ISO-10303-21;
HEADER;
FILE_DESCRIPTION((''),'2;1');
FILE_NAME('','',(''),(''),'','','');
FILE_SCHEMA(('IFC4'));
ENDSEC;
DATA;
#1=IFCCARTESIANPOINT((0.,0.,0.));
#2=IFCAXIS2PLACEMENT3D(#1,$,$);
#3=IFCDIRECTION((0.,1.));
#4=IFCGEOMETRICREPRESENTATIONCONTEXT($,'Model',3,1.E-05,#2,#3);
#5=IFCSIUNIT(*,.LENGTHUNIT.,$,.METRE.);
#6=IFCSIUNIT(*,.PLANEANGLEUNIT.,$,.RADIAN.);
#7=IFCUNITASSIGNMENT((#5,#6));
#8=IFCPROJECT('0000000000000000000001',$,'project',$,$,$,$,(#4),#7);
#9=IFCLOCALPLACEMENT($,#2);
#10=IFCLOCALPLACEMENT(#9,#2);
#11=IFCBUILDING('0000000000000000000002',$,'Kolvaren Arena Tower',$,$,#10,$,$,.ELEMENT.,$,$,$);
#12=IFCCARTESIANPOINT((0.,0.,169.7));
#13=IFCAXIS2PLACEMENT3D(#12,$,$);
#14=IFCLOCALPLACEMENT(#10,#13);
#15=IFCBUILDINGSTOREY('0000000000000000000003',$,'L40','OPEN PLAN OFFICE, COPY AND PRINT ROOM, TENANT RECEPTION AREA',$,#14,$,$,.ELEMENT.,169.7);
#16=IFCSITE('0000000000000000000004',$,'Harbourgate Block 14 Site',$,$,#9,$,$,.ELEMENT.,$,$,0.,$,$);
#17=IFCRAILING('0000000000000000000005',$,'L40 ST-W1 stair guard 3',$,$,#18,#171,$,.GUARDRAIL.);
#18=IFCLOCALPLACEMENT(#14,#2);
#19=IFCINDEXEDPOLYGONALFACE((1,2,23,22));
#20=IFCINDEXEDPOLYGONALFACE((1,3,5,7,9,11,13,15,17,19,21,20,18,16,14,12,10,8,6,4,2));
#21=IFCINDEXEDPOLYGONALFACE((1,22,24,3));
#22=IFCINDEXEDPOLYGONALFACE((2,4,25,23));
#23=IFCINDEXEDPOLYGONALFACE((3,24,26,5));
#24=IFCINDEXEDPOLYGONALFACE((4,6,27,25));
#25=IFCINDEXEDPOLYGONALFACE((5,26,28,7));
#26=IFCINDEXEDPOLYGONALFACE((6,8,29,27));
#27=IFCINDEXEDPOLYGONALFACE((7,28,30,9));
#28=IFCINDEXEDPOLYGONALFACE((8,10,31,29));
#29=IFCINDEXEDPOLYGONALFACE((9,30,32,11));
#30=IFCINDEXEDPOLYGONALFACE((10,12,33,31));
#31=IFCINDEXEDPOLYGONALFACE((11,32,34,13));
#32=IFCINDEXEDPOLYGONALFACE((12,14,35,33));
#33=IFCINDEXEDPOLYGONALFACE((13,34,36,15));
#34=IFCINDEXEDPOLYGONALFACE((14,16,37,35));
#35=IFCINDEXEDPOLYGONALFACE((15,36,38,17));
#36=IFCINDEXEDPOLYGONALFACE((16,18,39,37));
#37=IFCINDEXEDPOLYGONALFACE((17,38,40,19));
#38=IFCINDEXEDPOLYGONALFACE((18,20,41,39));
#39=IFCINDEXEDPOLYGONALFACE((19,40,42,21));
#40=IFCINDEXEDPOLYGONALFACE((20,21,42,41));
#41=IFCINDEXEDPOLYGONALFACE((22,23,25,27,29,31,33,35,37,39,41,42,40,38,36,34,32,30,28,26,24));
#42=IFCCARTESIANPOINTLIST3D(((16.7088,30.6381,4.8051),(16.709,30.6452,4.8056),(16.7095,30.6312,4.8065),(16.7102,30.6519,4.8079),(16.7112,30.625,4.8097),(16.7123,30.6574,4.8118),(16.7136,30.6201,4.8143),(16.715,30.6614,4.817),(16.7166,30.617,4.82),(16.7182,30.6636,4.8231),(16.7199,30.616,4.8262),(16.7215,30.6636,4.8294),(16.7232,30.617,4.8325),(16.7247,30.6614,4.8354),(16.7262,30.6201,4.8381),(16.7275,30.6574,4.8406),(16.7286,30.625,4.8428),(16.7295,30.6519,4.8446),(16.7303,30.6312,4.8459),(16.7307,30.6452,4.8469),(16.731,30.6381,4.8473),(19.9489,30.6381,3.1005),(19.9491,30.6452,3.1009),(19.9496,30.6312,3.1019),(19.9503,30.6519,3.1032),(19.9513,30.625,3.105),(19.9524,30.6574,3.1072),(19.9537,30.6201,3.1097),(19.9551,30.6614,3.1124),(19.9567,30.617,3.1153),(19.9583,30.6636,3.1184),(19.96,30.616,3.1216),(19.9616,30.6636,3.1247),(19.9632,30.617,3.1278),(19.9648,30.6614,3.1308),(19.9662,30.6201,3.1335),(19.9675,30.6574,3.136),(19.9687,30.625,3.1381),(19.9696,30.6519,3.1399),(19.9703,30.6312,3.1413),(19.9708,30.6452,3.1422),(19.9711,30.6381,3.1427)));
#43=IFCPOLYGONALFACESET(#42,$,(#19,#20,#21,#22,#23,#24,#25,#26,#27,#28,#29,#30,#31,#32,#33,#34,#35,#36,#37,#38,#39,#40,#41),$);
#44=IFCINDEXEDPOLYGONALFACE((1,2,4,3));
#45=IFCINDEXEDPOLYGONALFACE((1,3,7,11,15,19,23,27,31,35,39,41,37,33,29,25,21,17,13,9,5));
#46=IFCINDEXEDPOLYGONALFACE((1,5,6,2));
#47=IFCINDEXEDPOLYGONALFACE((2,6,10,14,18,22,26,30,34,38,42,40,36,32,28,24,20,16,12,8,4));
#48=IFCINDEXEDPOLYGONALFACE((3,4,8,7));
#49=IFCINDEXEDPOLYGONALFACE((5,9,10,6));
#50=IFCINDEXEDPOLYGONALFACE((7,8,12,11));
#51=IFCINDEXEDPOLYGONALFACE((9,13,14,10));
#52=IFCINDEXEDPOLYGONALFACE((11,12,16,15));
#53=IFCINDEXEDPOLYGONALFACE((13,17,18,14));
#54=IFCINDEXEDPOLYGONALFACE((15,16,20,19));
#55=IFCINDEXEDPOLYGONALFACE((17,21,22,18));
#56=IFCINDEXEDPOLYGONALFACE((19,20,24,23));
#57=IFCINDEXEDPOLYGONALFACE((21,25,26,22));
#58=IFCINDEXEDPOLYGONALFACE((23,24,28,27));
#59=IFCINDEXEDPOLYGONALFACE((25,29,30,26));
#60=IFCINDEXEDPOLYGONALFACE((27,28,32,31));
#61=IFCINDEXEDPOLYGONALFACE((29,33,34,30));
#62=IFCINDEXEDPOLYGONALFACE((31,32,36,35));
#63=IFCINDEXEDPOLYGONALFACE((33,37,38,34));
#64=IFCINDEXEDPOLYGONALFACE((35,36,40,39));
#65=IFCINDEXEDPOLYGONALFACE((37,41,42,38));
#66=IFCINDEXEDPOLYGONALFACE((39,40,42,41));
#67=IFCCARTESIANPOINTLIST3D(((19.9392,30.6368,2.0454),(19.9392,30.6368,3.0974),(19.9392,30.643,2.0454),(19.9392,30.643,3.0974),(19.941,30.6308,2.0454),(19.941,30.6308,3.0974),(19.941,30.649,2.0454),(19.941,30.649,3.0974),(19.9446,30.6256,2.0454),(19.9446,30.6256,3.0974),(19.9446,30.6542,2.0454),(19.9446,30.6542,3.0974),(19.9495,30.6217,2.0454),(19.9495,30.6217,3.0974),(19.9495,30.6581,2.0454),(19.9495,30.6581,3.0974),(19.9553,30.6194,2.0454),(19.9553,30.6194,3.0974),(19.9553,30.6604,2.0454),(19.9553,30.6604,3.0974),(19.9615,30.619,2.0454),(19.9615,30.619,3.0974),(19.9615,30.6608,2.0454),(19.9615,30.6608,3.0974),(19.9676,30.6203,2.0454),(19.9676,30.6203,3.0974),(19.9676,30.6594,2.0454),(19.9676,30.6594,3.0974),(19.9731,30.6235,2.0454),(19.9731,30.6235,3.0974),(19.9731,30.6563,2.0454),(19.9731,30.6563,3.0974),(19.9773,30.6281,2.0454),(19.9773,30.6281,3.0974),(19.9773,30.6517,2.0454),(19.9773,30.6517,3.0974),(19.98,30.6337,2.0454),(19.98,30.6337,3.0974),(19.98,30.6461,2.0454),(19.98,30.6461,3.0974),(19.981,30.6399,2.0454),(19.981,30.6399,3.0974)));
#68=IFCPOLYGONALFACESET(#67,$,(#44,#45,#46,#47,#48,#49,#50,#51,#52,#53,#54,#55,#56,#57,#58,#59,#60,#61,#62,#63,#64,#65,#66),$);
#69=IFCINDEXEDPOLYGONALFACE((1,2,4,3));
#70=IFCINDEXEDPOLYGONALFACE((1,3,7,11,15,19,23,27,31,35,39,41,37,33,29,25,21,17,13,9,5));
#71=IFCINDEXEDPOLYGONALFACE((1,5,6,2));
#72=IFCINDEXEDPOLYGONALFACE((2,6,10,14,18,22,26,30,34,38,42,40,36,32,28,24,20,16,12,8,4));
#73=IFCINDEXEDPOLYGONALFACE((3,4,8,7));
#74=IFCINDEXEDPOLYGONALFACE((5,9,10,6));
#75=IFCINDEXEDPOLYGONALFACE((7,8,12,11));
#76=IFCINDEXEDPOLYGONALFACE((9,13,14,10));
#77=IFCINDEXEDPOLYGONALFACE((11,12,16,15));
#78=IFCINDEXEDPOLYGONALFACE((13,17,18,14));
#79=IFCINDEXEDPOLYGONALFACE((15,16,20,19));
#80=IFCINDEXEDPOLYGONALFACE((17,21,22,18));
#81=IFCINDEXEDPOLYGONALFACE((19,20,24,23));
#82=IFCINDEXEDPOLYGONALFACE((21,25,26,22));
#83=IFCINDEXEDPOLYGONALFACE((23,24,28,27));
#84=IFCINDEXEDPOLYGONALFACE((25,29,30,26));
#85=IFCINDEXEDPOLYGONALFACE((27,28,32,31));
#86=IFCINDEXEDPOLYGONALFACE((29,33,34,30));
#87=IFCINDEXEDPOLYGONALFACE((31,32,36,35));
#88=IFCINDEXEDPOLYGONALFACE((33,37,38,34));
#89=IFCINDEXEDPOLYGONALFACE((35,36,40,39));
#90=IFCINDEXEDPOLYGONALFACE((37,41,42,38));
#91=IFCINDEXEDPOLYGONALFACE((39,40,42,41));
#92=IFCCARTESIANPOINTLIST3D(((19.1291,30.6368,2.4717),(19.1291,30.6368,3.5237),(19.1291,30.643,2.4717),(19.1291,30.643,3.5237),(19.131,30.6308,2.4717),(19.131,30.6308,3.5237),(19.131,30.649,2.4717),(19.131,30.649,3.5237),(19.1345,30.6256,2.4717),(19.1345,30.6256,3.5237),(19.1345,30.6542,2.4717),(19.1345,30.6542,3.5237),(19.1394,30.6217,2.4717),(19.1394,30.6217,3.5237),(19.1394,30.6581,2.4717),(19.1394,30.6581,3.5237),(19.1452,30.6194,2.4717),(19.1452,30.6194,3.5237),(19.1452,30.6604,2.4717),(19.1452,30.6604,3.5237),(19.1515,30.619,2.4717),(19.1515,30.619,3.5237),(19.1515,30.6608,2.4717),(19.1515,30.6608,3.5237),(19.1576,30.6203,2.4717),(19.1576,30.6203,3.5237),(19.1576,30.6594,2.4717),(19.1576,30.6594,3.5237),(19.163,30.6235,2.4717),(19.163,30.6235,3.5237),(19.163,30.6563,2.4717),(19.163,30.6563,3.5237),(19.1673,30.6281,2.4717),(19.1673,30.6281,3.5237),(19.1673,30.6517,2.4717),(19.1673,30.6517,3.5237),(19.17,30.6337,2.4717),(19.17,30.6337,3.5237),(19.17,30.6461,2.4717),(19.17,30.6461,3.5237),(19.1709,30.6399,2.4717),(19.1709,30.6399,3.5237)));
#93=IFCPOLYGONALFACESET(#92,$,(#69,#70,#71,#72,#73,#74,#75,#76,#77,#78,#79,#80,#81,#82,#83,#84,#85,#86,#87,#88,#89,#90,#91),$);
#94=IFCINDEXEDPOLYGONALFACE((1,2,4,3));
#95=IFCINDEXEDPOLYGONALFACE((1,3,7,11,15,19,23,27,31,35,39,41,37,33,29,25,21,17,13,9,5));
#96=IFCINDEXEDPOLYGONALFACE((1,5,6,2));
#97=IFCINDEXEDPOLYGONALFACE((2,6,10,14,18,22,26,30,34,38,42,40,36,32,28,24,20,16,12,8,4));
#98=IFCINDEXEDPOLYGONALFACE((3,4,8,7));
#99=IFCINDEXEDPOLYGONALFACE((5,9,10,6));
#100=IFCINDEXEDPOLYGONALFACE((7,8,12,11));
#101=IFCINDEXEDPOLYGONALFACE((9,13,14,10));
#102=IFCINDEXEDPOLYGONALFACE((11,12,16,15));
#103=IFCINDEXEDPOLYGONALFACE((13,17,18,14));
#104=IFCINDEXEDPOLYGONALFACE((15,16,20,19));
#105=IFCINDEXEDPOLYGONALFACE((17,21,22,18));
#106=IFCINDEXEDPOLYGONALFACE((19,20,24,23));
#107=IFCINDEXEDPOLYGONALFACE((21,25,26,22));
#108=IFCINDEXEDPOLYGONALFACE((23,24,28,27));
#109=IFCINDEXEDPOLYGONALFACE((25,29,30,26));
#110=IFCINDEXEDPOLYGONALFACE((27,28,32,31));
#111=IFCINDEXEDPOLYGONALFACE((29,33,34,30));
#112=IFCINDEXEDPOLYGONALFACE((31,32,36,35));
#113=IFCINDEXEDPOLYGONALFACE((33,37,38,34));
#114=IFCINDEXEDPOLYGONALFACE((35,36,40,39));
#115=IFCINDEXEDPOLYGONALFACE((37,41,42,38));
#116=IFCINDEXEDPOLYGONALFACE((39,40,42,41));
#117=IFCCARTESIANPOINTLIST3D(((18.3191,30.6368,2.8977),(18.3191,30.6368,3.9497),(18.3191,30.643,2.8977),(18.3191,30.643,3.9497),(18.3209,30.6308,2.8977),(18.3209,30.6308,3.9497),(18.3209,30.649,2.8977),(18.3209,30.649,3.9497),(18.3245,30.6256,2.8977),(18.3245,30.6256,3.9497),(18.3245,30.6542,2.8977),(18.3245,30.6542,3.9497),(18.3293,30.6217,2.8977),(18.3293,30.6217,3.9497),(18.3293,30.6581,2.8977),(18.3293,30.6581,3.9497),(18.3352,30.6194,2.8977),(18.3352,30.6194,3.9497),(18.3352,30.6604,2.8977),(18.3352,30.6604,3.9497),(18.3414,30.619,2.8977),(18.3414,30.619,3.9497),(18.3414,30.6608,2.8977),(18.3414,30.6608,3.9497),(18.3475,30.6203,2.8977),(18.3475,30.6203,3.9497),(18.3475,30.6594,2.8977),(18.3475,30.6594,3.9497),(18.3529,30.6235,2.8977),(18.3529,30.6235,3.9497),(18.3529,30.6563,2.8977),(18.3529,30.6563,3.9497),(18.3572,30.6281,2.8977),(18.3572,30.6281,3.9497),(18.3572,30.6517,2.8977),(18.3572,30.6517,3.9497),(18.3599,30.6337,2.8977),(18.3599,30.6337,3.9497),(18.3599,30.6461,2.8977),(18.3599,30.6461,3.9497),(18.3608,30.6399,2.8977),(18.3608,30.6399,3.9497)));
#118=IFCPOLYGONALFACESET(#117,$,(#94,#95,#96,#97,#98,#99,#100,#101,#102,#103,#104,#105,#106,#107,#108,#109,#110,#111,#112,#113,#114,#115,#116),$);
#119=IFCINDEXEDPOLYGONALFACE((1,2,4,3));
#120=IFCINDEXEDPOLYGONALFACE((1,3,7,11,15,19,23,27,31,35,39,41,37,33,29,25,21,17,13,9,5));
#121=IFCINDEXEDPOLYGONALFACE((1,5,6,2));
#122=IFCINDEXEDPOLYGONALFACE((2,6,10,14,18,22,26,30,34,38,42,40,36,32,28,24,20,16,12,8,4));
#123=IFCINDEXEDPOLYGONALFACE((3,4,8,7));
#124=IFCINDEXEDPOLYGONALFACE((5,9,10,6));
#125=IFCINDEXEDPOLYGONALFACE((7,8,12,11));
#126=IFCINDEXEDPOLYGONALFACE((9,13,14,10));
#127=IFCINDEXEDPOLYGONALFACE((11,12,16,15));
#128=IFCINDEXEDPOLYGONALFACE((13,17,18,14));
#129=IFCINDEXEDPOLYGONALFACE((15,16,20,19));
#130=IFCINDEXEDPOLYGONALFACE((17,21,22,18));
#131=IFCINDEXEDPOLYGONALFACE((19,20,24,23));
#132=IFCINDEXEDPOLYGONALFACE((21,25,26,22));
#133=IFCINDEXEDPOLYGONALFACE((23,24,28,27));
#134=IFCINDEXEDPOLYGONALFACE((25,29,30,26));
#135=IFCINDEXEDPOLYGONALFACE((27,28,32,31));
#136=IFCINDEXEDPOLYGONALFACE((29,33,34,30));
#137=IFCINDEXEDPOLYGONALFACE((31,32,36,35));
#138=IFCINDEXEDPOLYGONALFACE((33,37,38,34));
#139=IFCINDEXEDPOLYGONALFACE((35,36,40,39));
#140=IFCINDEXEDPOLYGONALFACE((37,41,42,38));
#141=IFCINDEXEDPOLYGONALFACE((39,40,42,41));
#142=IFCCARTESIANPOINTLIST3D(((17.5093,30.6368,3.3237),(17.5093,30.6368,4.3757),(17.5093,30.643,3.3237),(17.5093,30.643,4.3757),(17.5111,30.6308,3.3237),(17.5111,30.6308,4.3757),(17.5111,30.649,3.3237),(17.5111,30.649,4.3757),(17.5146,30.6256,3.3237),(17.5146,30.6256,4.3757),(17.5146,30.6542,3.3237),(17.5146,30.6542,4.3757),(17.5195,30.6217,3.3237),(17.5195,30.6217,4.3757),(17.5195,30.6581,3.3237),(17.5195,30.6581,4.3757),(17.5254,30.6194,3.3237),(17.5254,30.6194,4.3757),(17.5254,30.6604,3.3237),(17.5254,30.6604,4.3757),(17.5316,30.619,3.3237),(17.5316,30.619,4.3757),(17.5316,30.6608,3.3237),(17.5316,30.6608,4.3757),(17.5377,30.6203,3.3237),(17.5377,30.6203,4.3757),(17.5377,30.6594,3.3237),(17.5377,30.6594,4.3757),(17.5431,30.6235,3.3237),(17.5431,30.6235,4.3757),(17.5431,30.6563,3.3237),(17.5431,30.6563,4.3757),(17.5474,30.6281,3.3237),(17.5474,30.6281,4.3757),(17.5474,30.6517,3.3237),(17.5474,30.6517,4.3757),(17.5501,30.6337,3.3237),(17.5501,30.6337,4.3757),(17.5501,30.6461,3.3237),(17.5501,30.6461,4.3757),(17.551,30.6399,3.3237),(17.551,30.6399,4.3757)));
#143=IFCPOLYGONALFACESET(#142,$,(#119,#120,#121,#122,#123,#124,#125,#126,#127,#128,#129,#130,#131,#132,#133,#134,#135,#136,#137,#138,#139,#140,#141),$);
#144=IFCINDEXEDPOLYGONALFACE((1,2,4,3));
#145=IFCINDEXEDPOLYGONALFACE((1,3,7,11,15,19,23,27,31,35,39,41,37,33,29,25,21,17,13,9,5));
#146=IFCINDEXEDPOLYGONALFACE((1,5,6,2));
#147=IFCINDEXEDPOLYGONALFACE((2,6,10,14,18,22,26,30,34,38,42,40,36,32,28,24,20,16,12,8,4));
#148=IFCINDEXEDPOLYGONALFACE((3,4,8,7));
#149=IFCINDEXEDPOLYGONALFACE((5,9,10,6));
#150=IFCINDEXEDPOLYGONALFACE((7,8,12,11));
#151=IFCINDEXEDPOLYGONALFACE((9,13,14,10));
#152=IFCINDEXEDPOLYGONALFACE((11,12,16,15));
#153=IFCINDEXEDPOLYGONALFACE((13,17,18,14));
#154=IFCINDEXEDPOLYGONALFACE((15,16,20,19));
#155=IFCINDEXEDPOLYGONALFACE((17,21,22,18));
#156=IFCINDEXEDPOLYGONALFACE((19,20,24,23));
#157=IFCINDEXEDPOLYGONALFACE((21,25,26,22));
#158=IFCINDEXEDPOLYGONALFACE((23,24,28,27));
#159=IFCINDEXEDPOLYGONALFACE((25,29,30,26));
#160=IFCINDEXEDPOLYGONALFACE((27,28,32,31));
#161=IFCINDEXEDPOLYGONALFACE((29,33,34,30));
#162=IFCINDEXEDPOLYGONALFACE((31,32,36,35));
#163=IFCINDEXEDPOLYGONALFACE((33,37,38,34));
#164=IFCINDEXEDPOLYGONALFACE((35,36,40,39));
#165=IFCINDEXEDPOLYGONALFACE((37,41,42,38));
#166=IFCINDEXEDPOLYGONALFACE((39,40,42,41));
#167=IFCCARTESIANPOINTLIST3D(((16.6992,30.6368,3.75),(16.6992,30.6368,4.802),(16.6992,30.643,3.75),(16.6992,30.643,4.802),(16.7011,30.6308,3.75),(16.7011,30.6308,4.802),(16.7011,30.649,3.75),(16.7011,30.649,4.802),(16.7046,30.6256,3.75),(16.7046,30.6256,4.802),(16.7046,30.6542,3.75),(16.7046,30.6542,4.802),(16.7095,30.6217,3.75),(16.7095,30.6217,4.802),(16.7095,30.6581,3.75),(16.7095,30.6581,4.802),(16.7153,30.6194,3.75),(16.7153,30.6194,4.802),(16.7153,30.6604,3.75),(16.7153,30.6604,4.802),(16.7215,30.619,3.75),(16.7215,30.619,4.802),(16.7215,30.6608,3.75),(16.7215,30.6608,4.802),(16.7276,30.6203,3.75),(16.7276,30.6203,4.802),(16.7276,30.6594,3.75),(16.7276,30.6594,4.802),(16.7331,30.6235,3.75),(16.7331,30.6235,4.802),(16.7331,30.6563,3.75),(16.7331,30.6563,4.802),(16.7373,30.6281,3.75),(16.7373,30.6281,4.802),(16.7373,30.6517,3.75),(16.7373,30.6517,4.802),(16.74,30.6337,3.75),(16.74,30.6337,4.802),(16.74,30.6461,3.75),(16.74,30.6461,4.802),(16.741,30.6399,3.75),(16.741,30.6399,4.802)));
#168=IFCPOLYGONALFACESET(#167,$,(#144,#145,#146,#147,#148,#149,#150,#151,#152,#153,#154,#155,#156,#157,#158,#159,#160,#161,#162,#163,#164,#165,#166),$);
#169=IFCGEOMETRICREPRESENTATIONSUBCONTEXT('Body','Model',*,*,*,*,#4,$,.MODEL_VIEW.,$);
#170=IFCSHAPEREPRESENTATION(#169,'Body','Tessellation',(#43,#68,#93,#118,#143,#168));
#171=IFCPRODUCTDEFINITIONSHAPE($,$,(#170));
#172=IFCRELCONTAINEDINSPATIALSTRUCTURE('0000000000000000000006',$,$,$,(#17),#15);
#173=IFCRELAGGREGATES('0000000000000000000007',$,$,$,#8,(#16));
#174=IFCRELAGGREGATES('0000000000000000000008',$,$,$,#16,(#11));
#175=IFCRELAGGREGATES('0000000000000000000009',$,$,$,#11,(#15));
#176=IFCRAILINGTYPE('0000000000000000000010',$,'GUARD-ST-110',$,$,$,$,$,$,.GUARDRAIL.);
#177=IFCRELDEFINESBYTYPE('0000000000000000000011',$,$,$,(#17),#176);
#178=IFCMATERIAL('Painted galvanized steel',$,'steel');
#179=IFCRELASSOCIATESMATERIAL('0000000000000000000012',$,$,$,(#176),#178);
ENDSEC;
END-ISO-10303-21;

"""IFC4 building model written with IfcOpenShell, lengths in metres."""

from ifc_helpers import new_model, si_unit, direction, frame, origin, origin_2d, place, context, subcontext, project, spatial, circle, extrude, material, type_object, element, save


model = new_model("IFC4")

# Units and contexts
model_context = context("Model", 3, precision=1e-05, world=origin(), true_north=direction((0.0, 1.0)))
body_context = subcontext(model_context, "Body", "Model", "MODEL_VIEW")
ifc_project = project(units=[si_unit("LENGTHUNIT", "METRE"), si_unit("PLANEANGLEUNIT", "RADIAN")], contexts=[model_context])

# Site, building, storey
site_placement = place(None, origin())
site = spatial("IfcSite", under=ifc_project, at=site_placement, Name="Harbourgate Block 14 Site", CompositionType="ELEMENT", RefElevation=0.0)
building_placement = place(site_placement, origin())
building = spatial("IfcBuilding", under=site, at=building_placement, Name="Kolvaren Arena Tower", CompositionType="ELEMENT")
storey_placement = place(building_placement, frame((0.0, 0.0, 169.7)))
storey = spatial("IfcBuildingStorey", under=building, at=storey_placement, Name="L40", Description="OPEN PLAN OFFICE, COPY AND PRINT ROOM, TENANT RECEPTION AREA", CompositionType="ELEMENT", Elevation=169.7)

# Railing
ifc_material_1 = material(Name="Painted galvanized steel", Category="steel")
railing_type_1 = type_object("IfcRailingType", Name="GUARD-ST-110", PredefinedType="GUARDRAIL", material=ifc_material_1)
railing_1_placement = place(storey_placement, frame((19.96, 30.6399, 2.0454)))
element("IfcRailing", 1, at=railing_1_placement, inside=storey, type_object=railing_type_1, Name="L40 ST-W1 stair guard 3", PredefinedType="GUARDRAIL", context=body_context, shape_type="SweptSolid", body=[
    extrude(circle(Radius=0.0239, at=origin_2d()), frame((0.0, 0.0, 1.0762), z_axis=(-0.884993, 0.0, 0.465604), x_axis=(0.0, -1.0, 0.0)), (0.0, 0.0, 1.0), 3.6611),
    extrude(circle(Radius=0.021, at=origin_2d()), origin(), (0.0, 0.0, 1.0), 1.052),
    extrude(circle(Radius=0.021, at=origin_2d()), frame((-0.8101, 0.0, 0.4263)), (0.0, 0.0, 1.0), 1.052),
    extrude(circle(Radius=0.021, at=origin_2d()), frame((-1.6201, 0.0, 0.8523)), (0.0, 0.0, 1.0), 1.052),
    extrude(circle(Radius=0.021, at=origin_2d()), frame((-2.4299, 0.0, 1.2783)), (0.0, 0.0, 1.0), 1.052),
    extrude(circle(Radius=0.021, at=origin_2d()), frame((-3.24, 0.0, 1.7046)), (0.0, 0.0, 1.0), 1.052),
])

save(model, "model.ifc")
